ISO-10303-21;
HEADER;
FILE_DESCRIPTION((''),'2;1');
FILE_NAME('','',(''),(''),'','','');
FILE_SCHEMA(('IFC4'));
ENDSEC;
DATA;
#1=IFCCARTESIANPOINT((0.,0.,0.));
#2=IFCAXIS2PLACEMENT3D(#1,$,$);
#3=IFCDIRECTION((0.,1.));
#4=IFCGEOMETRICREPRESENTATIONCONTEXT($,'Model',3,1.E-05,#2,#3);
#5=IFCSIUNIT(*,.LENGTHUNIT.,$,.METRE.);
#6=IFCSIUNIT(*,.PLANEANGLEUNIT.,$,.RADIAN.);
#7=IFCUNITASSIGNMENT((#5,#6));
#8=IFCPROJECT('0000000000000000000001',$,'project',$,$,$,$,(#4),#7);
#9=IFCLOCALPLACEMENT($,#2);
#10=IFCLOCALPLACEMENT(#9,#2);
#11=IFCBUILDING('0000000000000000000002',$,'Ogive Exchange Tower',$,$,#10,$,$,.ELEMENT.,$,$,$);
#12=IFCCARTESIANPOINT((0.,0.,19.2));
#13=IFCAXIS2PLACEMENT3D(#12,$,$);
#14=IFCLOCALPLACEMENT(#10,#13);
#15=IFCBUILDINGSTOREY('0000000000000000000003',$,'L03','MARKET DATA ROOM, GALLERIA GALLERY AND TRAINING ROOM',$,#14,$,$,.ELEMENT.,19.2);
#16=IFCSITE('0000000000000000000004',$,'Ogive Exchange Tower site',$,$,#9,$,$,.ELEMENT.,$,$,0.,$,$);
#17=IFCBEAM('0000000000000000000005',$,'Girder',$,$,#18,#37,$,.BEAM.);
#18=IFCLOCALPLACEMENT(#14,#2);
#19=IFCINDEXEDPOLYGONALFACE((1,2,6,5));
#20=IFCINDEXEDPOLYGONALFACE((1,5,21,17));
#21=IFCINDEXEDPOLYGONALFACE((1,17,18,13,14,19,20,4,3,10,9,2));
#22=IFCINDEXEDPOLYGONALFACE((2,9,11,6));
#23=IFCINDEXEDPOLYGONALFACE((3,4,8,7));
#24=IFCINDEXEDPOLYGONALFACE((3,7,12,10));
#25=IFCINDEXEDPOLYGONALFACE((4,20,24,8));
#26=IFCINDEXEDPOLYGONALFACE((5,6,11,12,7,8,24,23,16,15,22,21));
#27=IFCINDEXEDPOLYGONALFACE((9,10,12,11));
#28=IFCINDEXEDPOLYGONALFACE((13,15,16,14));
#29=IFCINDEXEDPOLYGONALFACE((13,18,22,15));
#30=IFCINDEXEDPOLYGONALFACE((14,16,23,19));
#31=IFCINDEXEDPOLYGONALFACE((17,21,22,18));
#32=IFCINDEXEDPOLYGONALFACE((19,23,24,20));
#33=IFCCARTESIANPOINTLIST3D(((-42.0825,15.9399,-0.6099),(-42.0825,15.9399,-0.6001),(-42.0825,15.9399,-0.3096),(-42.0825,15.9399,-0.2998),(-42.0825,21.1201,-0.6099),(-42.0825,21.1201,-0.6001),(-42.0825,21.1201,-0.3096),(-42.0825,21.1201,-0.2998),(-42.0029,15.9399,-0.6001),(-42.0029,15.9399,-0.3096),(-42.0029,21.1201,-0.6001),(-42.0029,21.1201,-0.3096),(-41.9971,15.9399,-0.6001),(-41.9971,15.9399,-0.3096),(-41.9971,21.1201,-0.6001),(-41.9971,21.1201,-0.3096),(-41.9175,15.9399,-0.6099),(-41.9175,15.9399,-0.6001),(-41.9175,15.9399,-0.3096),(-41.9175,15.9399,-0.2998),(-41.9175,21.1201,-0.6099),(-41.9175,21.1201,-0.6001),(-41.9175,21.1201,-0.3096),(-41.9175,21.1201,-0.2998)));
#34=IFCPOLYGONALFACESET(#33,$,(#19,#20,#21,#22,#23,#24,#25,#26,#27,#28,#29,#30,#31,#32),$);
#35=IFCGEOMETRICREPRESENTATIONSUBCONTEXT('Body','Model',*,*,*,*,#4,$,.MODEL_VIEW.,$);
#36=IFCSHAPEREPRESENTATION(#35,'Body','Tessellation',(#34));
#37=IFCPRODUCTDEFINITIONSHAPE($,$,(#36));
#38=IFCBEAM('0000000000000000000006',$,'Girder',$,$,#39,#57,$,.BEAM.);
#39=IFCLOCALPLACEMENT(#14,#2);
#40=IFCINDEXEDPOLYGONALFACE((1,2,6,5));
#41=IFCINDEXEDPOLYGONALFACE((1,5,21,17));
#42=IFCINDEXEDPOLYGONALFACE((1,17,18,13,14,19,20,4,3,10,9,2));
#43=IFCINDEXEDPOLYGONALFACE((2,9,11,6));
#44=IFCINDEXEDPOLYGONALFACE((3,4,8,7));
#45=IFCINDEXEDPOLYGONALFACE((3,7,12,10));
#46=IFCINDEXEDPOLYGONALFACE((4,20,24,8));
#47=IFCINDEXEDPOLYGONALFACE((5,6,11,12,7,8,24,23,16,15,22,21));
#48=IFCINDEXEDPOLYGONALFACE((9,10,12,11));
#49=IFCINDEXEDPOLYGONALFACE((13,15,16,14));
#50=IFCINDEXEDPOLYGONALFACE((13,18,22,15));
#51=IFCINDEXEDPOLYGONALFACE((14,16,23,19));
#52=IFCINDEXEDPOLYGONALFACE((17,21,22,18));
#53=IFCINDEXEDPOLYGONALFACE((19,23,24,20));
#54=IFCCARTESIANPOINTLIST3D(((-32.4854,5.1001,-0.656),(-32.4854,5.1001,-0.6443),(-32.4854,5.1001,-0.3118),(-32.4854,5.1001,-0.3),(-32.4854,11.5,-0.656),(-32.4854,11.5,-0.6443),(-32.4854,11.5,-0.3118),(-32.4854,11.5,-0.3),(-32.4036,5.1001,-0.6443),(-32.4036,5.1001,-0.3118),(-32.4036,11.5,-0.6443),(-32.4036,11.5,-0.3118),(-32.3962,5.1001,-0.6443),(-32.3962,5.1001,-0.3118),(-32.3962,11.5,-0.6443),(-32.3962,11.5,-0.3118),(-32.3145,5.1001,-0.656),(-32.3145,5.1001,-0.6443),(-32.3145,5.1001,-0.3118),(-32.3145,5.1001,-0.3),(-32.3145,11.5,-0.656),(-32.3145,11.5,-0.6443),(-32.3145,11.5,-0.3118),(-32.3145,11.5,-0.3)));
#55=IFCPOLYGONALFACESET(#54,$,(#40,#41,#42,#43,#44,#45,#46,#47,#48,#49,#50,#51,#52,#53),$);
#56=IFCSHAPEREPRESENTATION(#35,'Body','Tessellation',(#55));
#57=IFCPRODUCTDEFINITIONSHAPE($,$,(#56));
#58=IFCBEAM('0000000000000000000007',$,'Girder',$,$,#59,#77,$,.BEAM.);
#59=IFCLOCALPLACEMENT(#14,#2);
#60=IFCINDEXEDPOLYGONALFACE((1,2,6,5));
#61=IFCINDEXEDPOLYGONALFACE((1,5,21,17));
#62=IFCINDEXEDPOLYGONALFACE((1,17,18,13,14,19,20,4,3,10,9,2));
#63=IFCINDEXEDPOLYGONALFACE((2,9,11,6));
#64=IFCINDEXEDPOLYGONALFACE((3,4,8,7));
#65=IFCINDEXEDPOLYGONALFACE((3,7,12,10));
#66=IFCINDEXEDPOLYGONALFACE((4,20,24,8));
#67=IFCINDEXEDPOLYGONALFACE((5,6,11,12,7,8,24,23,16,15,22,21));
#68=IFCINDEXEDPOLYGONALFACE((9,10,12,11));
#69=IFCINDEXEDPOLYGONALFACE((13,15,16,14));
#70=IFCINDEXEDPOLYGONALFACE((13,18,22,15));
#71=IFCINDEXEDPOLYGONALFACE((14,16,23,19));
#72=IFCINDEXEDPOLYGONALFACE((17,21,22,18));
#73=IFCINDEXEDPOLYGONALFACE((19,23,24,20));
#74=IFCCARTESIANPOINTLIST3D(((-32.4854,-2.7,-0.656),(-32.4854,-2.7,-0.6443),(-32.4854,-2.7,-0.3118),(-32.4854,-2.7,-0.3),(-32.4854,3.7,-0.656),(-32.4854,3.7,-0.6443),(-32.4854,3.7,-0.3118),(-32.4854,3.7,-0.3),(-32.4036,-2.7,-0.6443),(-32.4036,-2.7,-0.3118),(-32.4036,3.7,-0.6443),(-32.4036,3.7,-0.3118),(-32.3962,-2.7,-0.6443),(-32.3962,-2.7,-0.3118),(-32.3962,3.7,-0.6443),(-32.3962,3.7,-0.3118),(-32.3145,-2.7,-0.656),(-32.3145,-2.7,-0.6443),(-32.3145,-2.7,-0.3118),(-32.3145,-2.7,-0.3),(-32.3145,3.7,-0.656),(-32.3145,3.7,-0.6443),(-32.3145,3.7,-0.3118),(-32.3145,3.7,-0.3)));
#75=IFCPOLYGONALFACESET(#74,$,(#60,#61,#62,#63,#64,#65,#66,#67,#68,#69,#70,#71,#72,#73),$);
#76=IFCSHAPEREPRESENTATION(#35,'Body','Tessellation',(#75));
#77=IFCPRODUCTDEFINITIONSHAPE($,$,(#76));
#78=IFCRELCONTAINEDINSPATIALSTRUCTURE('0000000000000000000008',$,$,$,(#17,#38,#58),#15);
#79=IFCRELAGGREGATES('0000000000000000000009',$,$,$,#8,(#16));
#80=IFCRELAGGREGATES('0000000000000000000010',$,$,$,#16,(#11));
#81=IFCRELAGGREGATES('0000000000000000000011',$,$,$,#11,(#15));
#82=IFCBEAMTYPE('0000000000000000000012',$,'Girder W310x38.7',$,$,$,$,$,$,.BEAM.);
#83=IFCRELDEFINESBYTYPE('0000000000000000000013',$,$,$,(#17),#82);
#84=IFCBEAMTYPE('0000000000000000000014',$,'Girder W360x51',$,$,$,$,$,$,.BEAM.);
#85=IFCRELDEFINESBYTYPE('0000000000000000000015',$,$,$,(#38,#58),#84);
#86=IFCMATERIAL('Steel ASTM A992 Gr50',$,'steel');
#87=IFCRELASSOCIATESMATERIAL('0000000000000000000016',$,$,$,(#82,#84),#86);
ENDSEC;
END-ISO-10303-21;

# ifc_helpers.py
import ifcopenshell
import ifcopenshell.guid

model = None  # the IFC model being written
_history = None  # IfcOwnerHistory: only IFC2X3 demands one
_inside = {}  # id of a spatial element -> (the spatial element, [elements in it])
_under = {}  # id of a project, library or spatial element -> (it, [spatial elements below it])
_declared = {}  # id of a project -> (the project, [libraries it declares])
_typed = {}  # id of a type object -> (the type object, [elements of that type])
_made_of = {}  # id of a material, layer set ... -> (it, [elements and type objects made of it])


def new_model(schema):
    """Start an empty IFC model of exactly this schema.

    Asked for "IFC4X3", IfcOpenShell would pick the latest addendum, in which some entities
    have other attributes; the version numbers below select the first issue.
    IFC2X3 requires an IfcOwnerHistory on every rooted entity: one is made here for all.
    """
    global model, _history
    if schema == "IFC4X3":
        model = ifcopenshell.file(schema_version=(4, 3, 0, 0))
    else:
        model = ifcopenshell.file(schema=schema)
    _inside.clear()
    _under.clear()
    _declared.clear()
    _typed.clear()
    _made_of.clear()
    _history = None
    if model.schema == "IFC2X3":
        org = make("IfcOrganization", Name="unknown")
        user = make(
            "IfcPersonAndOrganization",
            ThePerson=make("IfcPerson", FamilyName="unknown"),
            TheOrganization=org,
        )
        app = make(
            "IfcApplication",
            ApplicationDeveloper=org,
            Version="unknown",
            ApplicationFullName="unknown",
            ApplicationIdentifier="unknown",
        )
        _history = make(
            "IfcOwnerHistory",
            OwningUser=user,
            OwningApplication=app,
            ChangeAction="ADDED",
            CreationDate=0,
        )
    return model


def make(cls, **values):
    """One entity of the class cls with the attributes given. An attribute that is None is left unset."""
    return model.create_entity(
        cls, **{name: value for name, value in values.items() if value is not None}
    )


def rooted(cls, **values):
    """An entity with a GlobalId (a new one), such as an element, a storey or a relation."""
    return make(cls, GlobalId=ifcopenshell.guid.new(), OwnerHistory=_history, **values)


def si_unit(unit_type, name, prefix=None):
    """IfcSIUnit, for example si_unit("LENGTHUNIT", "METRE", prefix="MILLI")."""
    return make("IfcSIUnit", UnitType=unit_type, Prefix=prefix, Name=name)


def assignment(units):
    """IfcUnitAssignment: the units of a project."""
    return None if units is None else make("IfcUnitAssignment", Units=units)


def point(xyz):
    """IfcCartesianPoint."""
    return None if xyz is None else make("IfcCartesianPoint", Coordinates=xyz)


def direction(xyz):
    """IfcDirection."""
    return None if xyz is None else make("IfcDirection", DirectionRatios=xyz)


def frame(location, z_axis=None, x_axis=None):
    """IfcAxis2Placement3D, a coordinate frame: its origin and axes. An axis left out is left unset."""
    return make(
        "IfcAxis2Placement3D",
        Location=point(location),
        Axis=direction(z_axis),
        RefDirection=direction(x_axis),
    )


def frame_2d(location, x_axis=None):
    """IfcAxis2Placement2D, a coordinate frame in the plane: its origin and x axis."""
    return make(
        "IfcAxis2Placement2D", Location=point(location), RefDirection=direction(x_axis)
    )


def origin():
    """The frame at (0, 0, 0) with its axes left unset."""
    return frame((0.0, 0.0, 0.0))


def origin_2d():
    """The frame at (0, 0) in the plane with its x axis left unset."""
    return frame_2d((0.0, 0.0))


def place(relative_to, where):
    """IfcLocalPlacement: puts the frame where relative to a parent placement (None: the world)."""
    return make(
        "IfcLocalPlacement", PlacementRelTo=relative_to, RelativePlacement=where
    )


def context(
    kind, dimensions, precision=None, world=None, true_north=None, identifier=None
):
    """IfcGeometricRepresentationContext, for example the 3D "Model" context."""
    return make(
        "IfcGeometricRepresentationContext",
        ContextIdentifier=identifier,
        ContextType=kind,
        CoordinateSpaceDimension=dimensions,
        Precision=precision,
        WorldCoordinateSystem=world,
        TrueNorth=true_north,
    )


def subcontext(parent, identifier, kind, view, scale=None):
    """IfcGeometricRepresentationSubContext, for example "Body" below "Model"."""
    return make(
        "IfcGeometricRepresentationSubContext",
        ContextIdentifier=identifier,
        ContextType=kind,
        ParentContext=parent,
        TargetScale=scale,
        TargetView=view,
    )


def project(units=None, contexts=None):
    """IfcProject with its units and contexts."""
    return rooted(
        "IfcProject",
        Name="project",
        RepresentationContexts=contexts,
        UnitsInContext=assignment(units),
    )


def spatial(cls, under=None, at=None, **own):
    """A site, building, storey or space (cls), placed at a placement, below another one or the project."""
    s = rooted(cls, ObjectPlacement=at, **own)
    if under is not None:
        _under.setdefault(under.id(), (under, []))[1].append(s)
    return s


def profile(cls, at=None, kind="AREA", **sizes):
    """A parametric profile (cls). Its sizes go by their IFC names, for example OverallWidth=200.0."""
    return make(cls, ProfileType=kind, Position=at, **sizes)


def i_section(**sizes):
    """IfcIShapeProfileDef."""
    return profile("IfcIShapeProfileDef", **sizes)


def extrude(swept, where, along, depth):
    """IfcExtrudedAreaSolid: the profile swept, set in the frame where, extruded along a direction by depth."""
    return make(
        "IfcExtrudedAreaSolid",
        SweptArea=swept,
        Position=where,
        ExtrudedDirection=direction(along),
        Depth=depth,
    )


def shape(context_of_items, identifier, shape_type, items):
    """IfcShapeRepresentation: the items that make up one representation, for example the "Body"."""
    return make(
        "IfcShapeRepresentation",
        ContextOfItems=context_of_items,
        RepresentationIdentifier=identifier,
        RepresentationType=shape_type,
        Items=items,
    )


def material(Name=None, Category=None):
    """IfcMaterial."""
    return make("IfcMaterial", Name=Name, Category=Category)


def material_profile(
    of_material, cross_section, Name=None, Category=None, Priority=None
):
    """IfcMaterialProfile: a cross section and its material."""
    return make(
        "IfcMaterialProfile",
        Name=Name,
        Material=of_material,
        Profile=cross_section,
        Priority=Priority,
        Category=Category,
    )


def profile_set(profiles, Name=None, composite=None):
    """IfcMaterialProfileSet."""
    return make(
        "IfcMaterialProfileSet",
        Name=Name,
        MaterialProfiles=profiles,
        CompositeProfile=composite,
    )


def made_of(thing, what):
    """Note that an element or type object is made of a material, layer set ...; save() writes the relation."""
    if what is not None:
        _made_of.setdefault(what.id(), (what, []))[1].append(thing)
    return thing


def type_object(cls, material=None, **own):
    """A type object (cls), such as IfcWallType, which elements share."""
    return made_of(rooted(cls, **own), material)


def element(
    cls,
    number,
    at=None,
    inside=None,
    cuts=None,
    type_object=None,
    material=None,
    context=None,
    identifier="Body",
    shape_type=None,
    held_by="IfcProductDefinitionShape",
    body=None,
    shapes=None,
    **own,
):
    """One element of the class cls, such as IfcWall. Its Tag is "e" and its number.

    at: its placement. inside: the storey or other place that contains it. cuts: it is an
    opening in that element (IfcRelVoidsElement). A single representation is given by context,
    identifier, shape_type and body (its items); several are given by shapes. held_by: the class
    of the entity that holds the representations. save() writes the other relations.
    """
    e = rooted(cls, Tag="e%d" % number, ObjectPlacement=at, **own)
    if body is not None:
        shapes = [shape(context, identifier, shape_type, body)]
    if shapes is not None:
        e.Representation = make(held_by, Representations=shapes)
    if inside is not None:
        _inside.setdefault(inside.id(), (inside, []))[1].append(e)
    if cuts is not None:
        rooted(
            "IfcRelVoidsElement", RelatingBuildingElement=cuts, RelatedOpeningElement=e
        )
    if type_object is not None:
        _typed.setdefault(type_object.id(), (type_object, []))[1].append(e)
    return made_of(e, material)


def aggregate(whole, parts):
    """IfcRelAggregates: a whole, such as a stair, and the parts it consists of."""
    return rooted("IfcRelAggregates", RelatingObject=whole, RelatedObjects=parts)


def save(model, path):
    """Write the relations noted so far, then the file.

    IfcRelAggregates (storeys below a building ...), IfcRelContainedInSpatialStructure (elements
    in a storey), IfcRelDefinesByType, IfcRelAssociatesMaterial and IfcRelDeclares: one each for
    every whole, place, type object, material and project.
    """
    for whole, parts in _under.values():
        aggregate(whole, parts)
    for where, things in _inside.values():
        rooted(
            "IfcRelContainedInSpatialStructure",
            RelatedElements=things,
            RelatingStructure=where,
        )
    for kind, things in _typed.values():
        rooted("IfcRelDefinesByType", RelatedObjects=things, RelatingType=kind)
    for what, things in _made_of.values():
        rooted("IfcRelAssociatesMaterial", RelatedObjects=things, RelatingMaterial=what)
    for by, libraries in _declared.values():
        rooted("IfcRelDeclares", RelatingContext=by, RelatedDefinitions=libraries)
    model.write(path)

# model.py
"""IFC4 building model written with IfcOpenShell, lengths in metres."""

from ifc_helpers import new_model, si_unit, direction, frame, origin, origin_2d, place, context, subcontext, project, spatial, i_section, extrude, material, material_profile, profile_set, type_object, element, save


model = new_model("IFC4")

# Units and contexts
model_context = context("Model", 3, precision=1e-05, world=origin(), true_north=direction((0.0, 1.0)))
body_context = subcontext(model_context, "Body", "Model", "MODEL_VIEW")
ifc_project = project(units=[si_unit("LENGTHUNIT", "METRE"), si_unit("PLANEANGLEUNIT", "RADIAN")], contexts=[model_context])

# Site, building, storey
site_placement = place(None, origin())
site = spatial("IfcSite", under=ifc_project, at=site_placement, Name="Ogive Exchange Tower site", CompositionType="ELEMENT", RefElevation=0.0)
building_placement = place(site_placement, origin())
building = spatial("IfcBuilding", under=site, at=building_placement, Name="Ogive Exchange Tower", CompositionType="ELEMENT")
storey_placement = place(building_placement, frame((0.0, 0.0, 19.2)))
storey = spatial("IfcBuildingStorey", under=building, at=storey_placement, Name="L03", Description="MARKET DATA ROOM, GALLERIA GALLERY AND TRAINING ROOM", CompositionType="ELEMENT", Elevation=19.2)

# Beams
ifc_material_1 = material(Name="Steel ASTM A992 Gr50", Category="steel")
ifc_material_profile_1 = material_profile(ifc_material_1, i_section(OverallWidth=0.165, OverallDepth=0.3101, WebThickness=0.0059, FlangeThickness=0.0098, at=origin_2d()), Name="W310x38.7")
ifc_profile_set_1 = profile_set([ifc_material_profile_1], Name="Steel ASTM A992 Gr50")
beam_type_1 = type_object("IfcBeamType", Name="Girder W310x38.7", PredefinedType="BEAM", material=ifc_profile_set_1)
beam_1_placement = place(storey_placement, frame((-42.0, 15.9399, -0.4548), z_axis=(0.0, 1.0, 0.0), x_axis=(-1.0, 0.0, 0.0)))
element("IfcBeam", 1, at=beam_1_placement, inside=storey, type_object=beam_type_1, Name="Girder", PredefinedType="BEAM", context=body_context, shape_type="SweptSolid", body=[
    extrude(i_section(OverallWidth=0.165, OverallDepth=0.3101, WebThickness=0.0059, FlangeThickness=0.0098, at=origin_2d()), origin(), (0.0, 0.0, 1.0), 5.1802),
])
ifc_material_profile_2 = material_profile(ifc_material_1, i_section(OverallWidth=0.1709, OverallDepth=0.356, WebThickness=0.0073, FlangeThickness=0.0117, at=origin_2d()), Name="W360x51")
ifc_profile_set_2 = profile_set([ifc_material_profile_2], Name="Steel ASTM A992 Gr50")
beam_type_2 = type_object("IfcBeamType", Name="Girder W360x51", PredefinedType="BEAM", material=ifc_profile_set_2)
for number, where, z_axis, x_axis, name in (
    (2, (-32.3999, 11.5, -0.478), (0.0, -1.0, 0.0), (1.0, 0.0, 0.0), "Girder"),
    (3, (-32.3999, 3.7, -0.478), (0.0, -1.0, 0.0), (1.0, 0.0, 0.0), "Girder"),
):
    element("IfcBeam", number, at=place(storey_placement, frame(where, z_axis=z_axis, x_axis=x_axis)), inside=storey, type_object=beam_type_2, Name=name, PredefinedType="BEAM", context=body_context, shape_type="SweptSolid", body=[
        extrude(i_section(OverallWidth=0.1709, OverallDepth=0.356, WebThickness=0.0073, FlangeThickness=0.0117, at=origin_2d()), origin(), (0.0, 0.0, 1.0), 6.3999),
    ])

save(model, "model.ifc")
